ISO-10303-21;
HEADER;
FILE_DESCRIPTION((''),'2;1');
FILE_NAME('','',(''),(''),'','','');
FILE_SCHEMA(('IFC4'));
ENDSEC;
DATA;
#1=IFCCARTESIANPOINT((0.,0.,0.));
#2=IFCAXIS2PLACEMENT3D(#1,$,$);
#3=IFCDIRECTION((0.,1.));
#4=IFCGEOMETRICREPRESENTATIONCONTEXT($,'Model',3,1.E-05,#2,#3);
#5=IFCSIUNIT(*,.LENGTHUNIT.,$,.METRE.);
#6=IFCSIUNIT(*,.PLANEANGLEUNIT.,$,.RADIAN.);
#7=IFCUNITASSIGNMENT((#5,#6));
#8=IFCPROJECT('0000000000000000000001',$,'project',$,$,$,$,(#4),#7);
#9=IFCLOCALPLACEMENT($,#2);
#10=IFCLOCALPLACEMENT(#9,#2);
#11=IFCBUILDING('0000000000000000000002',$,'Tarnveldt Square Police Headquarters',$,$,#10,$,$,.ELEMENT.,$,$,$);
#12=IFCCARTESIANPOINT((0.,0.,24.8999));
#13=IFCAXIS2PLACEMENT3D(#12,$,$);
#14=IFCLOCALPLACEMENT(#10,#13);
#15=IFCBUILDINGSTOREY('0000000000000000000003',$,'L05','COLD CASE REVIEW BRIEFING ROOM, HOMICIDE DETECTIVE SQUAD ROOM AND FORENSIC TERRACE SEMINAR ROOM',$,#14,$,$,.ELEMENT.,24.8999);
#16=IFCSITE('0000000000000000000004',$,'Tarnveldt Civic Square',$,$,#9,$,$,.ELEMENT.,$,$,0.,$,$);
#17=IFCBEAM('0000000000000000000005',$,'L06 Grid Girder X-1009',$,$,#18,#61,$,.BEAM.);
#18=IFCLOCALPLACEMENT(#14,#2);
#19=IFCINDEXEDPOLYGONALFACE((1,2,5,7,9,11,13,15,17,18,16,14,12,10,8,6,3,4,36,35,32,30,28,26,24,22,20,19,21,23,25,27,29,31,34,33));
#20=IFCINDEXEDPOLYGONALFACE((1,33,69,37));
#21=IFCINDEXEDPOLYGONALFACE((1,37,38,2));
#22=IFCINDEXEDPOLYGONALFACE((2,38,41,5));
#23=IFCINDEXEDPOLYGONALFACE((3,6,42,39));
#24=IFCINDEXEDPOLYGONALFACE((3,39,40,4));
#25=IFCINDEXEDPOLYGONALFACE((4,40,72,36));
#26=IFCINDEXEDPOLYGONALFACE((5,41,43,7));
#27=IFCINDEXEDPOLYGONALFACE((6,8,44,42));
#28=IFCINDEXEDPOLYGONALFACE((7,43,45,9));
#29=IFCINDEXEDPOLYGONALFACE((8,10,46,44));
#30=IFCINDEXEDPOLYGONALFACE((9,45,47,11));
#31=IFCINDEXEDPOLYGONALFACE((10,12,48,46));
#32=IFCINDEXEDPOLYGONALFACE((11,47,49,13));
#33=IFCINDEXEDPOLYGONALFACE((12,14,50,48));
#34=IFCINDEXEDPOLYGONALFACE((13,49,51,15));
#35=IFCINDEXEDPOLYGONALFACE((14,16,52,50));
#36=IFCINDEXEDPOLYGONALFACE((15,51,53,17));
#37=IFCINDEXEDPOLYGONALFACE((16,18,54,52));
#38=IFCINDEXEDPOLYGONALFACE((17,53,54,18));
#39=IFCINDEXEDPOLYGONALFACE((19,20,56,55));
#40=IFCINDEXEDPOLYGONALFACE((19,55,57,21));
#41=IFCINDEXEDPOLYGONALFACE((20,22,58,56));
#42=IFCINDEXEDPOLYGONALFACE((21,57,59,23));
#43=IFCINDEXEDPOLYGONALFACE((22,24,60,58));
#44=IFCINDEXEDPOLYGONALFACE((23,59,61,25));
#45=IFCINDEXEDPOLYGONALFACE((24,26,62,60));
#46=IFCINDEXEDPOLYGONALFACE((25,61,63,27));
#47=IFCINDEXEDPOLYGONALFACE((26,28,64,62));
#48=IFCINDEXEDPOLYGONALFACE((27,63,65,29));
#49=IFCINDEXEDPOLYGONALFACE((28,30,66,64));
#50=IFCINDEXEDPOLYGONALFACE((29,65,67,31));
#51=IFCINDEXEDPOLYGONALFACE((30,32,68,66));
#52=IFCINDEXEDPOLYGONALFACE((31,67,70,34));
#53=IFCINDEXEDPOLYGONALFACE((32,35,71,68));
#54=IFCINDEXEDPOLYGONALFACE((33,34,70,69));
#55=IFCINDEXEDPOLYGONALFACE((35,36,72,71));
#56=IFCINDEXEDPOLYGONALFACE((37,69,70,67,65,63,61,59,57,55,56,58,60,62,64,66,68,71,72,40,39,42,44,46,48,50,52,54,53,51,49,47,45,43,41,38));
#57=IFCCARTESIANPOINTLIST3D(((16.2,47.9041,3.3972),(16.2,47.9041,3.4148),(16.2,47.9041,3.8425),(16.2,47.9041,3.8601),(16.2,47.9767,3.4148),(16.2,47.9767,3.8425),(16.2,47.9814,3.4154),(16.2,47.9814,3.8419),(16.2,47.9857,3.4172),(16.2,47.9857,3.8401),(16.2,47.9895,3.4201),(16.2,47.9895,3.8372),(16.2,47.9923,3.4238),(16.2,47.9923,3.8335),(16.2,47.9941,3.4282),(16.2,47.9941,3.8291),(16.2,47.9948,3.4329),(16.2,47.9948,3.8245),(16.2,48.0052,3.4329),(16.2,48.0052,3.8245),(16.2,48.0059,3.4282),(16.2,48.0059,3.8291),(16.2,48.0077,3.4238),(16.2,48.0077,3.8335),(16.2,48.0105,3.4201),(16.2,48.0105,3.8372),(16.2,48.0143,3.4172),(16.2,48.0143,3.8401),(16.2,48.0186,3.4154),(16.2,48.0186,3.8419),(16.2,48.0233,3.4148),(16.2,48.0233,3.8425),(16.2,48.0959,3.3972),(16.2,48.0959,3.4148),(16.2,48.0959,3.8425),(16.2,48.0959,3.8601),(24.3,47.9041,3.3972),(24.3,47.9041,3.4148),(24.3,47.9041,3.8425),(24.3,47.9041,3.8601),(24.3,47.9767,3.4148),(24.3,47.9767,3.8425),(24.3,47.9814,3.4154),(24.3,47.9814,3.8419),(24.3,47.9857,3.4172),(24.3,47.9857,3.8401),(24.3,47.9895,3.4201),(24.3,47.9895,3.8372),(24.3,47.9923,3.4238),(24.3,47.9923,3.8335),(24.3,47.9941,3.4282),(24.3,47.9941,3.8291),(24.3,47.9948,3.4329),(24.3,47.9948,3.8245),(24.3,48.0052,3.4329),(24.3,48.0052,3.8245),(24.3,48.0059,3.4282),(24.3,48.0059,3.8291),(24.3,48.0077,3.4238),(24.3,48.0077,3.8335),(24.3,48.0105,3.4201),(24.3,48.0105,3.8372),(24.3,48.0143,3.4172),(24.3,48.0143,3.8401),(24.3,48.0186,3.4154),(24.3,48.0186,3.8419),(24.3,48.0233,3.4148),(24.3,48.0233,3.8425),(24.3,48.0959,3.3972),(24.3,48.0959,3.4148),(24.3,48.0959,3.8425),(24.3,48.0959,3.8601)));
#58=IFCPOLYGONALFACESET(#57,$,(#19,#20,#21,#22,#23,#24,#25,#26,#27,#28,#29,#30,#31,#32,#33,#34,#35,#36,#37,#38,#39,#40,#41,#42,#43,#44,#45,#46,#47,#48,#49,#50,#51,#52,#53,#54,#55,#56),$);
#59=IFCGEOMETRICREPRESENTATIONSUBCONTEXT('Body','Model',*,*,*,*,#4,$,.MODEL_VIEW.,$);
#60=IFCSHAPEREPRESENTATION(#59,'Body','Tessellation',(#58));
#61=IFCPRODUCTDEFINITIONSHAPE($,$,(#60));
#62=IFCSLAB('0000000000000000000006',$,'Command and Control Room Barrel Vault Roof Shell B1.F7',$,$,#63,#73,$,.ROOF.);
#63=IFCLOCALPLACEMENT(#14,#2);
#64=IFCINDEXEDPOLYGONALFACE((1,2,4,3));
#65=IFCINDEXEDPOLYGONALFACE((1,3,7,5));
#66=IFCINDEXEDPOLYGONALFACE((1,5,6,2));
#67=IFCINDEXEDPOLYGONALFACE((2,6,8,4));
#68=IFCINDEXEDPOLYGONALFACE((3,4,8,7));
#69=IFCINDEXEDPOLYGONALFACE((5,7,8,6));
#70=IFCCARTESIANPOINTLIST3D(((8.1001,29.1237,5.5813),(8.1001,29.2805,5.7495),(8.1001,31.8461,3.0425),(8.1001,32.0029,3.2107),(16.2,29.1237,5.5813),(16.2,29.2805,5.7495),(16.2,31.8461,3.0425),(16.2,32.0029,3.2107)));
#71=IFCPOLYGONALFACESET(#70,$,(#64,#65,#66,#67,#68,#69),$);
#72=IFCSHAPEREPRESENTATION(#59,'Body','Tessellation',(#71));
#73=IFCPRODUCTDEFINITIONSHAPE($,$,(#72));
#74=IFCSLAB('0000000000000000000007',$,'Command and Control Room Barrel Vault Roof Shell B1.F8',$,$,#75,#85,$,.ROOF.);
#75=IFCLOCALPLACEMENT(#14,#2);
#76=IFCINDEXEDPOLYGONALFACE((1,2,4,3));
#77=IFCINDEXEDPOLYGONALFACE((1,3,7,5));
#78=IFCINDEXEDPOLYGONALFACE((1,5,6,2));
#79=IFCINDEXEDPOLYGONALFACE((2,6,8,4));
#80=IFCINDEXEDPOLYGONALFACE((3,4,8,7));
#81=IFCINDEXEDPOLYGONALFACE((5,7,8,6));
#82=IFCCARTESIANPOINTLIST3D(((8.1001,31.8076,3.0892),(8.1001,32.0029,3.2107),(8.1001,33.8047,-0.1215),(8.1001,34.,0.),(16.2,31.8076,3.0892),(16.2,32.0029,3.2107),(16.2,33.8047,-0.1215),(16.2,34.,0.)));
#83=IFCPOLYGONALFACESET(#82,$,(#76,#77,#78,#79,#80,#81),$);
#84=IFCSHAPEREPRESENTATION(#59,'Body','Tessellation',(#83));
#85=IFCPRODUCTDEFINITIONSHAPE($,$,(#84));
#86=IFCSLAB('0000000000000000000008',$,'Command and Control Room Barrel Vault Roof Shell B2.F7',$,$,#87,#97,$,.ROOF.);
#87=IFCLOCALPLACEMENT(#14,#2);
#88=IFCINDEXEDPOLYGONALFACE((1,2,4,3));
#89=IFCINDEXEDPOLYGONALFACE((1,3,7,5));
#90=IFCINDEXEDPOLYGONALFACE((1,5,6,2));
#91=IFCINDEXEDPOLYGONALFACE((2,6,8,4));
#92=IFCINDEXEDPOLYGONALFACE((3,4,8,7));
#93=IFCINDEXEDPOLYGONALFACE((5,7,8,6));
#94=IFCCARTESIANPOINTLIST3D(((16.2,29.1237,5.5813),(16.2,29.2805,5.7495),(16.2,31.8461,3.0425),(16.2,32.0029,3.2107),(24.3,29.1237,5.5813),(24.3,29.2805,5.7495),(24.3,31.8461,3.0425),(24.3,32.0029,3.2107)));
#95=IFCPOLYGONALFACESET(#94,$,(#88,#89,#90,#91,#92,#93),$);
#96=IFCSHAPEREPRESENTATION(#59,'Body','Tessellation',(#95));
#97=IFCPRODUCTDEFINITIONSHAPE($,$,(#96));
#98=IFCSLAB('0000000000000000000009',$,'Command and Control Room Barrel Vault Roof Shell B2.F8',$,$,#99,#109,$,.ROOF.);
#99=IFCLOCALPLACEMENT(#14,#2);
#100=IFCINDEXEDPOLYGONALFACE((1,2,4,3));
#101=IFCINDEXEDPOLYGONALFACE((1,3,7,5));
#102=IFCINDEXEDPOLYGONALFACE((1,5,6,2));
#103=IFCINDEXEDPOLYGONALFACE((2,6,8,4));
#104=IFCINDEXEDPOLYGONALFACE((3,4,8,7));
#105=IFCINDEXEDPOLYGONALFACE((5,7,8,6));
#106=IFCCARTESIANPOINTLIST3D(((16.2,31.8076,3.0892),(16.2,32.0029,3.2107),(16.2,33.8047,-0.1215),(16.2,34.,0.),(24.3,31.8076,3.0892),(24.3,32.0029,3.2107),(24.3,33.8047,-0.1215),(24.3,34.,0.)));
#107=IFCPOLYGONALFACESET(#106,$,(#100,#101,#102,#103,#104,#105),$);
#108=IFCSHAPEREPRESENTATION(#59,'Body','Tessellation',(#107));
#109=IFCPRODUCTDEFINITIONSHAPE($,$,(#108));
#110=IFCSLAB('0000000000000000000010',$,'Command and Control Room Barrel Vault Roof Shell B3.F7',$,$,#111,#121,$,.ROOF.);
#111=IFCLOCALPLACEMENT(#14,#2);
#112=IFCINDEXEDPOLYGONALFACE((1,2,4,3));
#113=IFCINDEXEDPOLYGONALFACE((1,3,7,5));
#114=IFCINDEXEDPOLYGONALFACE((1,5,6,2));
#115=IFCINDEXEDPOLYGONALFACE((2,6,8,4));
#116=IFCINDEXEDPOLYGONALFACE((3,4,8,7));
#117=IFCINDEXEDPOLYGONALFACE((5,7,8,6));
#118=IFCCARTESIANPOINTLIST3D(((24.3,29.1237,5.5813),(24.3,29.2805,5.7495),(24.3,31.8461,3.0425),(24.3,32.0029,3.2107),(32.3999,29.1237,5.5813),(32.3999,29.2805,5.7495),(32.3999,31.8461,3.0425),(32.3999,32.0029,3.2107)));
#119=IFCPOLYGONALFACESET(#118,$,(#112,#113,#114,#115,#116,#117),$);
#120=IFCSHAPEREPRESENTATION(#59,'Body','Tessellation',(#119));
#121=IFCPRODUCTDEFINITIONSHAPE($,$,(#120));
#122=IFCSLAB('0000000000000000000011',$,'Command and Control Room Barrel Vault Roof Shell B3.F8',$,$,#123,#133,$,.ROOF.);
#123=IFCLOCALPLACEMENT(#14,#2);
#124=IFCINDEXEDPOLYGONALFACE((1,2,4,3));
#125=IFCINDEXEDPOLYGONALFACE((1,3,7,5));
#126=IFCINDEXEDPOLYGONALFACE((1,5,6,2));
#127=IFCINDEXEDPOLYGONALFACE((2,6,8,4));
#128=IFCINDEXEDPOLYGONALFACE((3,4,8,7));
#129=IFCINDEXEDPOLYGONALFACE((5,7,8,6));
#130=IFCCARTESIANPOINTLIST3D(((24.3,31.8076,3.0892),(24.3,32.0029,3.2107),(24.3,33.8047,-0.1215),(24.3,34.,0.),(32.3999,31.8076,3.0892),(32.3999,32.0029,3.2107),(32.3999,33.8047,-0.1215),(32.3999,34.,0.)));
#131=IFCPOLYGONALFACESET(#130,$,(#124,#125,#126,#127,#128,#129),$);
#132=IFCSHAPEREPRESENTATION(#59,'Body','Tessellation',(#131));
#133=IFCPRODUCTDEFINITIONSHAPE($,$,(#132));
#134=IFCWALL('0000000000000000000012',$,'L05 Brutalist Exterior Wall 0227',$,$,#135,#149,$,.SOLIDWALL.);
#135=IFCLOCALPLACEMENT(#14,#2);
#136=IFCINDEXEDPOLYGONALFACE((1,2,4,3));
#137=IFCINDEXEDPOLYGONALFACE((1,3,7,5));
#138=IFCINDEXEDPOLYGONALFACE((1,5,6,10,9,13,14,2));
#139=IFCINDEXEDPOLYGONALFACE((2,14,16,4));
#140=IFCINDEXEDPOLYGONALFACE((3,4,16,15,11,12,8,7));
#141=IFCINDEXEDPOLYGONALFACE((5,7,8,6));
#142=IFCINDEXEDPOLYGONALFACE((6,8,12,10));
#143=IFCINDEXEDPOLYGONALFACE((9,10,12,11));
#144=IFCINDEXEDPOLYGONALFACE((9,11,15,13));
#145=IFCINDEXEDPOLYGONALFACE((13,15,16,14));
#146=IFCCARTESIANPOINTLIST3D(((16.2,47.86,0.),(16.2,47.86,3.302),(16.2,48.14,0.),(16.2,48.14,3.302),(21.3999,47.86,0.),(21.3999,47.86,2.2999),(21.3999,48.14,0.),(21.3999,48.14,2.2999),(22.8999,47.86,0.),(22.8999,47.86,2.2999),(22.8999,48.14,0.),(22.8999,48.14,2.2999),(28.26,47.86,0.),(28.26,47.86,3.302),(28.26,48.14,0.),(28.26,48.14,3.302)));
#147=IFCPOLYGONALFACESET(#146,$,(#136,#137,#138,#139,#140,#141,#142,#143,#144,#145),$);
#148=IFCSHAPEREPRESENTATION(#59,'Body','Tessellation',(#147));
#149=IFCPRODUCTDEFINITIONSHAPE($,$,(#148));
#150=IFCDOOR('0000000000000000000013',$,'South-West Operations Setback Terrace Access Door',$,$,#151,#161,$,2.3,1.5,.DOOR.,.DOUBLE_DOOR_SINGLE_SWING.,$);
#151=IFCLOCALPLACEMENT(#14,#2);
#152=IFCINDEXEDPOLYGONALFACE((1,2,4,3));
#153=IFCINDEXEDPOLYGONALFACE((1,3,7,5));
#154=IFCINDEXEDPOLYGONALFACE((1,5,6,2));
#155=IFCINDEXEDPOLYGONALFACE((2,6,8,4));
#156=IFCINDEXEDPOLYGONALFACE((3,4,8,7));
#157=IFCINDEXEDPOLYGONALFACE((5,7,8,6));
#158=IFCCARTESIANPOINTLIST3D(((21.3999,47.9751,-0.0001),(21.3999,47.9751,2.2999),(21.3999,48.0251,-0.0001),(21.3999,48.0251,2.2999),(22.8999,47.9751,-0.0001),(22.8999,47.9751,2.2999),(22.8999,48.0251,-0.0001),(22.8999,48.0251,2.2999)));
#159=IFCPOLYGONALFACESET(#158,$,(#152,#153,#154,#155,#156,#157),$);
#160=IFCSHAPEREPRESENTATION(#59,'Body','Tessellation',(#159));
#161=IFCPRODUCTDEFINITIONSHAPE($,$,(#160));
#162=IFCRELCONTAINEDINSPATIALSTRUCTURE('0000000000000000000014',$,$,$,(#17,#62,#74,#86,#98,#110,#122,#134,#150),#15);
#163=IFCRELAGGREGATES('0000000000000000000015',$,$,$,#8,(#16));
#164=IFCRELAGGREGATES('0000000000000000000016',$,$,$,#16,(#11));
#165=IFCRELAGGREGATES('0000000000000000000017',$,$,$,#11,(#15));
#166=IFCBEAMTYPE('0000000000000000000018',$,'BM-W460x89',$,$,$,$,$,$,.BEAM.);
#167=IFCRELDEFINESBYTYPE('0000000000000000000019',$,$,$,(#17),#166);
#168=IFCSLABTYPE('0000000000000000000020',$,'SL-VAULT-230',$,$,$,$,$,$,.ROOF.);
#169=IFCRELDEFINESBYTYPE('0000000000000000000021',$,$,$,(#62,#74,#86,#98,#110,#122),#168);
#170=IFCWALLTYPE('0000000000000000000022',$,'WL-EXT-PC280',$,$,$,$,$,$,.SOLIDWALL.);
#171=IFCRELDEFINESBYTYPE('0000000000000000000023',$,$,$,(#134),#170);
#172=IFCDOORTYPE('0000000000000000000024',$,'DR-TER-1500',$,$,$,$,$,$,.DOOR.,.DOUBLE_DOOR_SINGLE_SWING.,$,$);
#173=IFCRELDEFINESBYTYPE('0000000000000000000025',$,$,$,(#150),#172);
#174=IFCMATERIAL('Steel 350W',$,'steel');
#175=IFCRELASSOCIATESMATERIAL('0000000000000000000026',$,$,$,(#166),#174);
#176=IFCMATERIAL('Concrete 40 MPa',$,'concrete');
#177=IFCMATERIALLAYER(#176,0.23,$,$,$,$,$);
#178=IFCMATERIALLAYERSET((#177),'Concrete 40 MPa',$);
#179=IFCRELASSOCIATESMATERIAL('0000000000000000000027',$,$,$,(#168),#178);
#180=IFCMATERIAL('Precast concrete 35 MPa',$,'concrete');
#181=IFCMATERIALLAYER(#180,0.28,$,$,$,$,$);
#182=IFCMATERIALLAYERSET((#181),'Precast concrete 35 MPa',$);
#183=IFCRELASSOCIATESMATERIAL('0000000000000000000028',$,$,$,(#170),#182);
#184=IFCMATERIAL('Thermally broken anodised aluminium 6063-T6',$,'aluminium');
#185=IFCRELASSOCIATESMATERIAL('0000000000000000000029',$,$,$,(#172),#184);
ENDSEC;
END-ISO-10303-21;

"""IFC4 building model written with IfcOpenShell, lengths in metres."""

from ifc_helpers import new_model, si_unit, direction, frame, frame_2d, origin, origin_2d, place, context, subcontext, project, spatial, polyline, rectangle, i_section, outline, extrude, material, layer, layer_set, material_profile, profile_set, type_object, element, fill, save


model = new_model("IFC4")

# Units and contexts
model_context = context("Model", 3, precision=1e-05, world=origin(), true_north=direction((0.0, 1.0)))
body_context = subcontext(model_context, "Body", "Model", "MODEL_VIEW")
ifc_project = project(units=[si_unit("LENGTHUNIT", "METRE"), si_unit("PLANEANGLEUNIT", "RADIAN")], contexts=[model_context])

# Site, building, storey
site_placement = place(None, origin())
site = spatial("IfcSite", under=ifc_project, at=site_placement, Name="Tarnveldt Civic Square", CompositionType="ELEMENT", RefElevation=0.0)
building_placement = place(site_placement, origin())
building = spatial("IfcBuilding", under=site, at=building_placement, Name="Tarnveldt Square Police Headquarters", CompositionType="ELEMENT")
storey_placement = place(building_placement, frame((0.0, 0.0, 24.8999)))
storey = spatial("IfcBuildingStorey", under=building, at=storey_placement, Name="L05", Description="COLD CASE REVIEW BRIEFING ROOM, HOMICIDE DETECTIVE SQUAD ROOM AND FORENSIC TERRACE SEMINAR ROOM", CompositionType="ELEMENT", Elevation=24.8999)

# Shared definitions
ifc_material_1 = material(Name="Concrete 40 MPa", Category="concrete")

# Beam
ifc_material_2 = material(Name="Steel 350W", Category="steel")
ifc_material_profile_1 = material_profile(ifc_material_2, i_section(OverallWidth=0.1919, OverallDepth=0.4629, WebThickness=0.0105, FlangeThickness=0.0176, FilletRadius=0.0181, at=origin_2d()), Name="W460x89")
ifc_profile_set_1 = profile_set([ifc_material_profile_1], Name="Steel 350W")
beam_type_1 = type_object("IfcBeamType", Name="BM-W460x89", PredefinedType="BEAM", material=ifc_profile_set_1)
beam_1_placement = place(storey_placement, frame((16.2, 48.0, 3.6287), z_axis=(1.0, 0.0, 0.0), x_axis=(0.0, 1.0, 0.0)))
element("IfcBeam", 1, at=beam_1_placement, inside=storey, type_object=beam_type_1, Name="L06 Grid Girder X-1009", PredefinedType="BEAM", context=body_context, shape_type="SweptSolid", body=[
    extrude(i_section(OverallWidth=0.1919, OverallDepth=0.4629, WebThickness=0.0105, FlangeThickness=0.0176, FilletRadius=0.0181, at=origin_2d()), origin(), (0.0, 0.0, 1.0), 8.1001),
])

# Slabs
ifc_layer_1 = layer(ifc_material_1, 0.23)
ifc_layer_set_1 = layer_set([ifc_layer_1], Name="Concrete 40 MPa")
slab_type = type_object("IfcSlabType", Name="SL-VAULT-230", PredefinedType="ROOF", material=ifc_layer_set_1)
slab_1_placement = place(storey_placement, frame((8.1001, 29.2805, 5.7495), z_axis=(0.0, 0.682017, 0.731337), x_axis=(1.0, 0.0, 0.0)))
element("IfcSlab", 2, at=slab_1_placement, inside=storey, type_object=slab_type, Name="Command and Control Room Barrel Vault Roof Shell B1.F7", PredefinedType="ROOF", context=body_context, shape_type="SweptSolid", body=[
    extrude(outline(polyline([(0.0, 0.0), (8.0999, 0.0), (8.0999, 3.7225), (0.0, 3.7225), (0.0, 0.0)])), origin(), (0.0, 0.0, -1.0), 0.23),
])
slab_2_placement = place(storey_placement, frame((8.1001, 32.0029, 3.2107), z_axis=(0.0, 0.849139, 0.528169), x_axis=(1.0, 0.0, 0.0)))
element("IfcSlab", 3, at=slab_2_placement, inside=storey, type_object=slab_type, Name="Command and Control Room Barrel Vault Roof Shell B1.F8", PredefinedType="ROOF", context=body_context, shape_type="SweptSolid", body=[
    extrude(outline(polyline([(0.0, 0.0), (8.0999, 0.0), (8.0999, 3.7811), (0.0, 3.7811), (0.0, 0.0)])), origin(), (0.0, 0.0, -1.0), 0.23),
])
slab_3_placement = place(storey_placement, frame((16.2, 29.2805, 5.7495), z_axis=(0.0, 0.682017, 0.731337), x_axis=(1.0, 0.0, 0.0)))
element("IfcSlab", 4, at=slab_3_placement, inside=storey, type_object=slab_type, Name="Command and Control Room Barrel Vault Roof Shell B2.F7", PredefinedType="ROOF", context=body_context, shape_type="SweptSolid", body=[
    extrude(outline(polyline([(0.0, 0.0), (8.1001, 0.0), (8.1001, 3.7225), (0.0, 3.7225), (0.0, 0.0)])), origin(), (0.0, 0.0, -1.0), 0.23),
])
slab_4_placement = place(storey_placement, frame((16.2, 32.0029, 3.2107), z_axis=(0.0, 0.849139, 0.528169), x_axis=(1.0, 0.0, 0.0)))
element("IfcSlab", 5, at=slab_4_placement, inside=storey, type_object=slab_type, Name="Command and Control Room Barrel Vault Roof Shell B2.F8", PredefinedType="ROOF", context=body_context, shape_type="SweptSolid", body=[
    extrude(outline(polyline([(0.0, 0.0), (8.1001, 0.0), (8.1001, 3.7811), (0.0, 3.7811), (0.0, 0.0)])), origin(), (0.0, 0.0, -1.0), 0.23),
])
slab_5_placement = place(storey_placement, frame((24.3, 29.2805, 5.7495), z_axis=(0.0, 0.682017, 0.731337), x_axis=(1.0, 0.0, 0.0)))
element("IfcSlab", 6, at=slab_5_placement, inside=storey, type_object=slab_type, Name="Command and Control Room Barrel Vault Roof Shell B3.F7", PredefinedType="ROOF", context=body_context, shape_type="SweptSolid", body=[
    extrude(outline(polyline([(0.0, 0.0), (8.0999, 0.0), (8.0999, 3.7225), (0.0, 3.7225), (0.0, 0.0)])), origin(), (0.0, 0.0, -1.0), 0.23),
])
slab_6_placement = place(storey_placement, frame((24.3, 32.0029, 3.2107), z_axis=(0.0, 0.849139, 0.528169), x_axis=(1.0, 0.0, 0.0)))
element("IfcSlab", 7, at=slab_6_placement, inside=storey, type_object=slab_type, Name="Command and Control Room Barrel Vault Roof Shell B3.F8", PredefinedType="ROOF", context=body_context, shape_type="SweptSolid", body=[
    extrude(outline(polyline([(0.0, 0.0), (8.0999, 0.0), (8.0999, 3.7811), (0.0, 3.7811), (0.0, 0.0)])), origin(), (0.0, 0.0, -1.0), 0.23),
])

# Wall, opening, door
ifc_material_3 = material(Name="Precast concrete 35 MPa", Category="concrete")
ifc_layer_2 = layer(ifc_material_3, 0.28)
ifc_layer_set_2 = layer_set([ifc_layer_2], Name="Precast concrete 35 MPa")
wall_type = type_object("IfcWallType", Name="WL-EXT-PC280", PredefinedType="SOLIDWALL", material=ifc_layer_set_2)
wall_placement = place(storey_placement, frame((16.2, 48.0, 0.0), z_axis=(0.0, 0.0, 1.0), x_axis=(1.0, 0.0, 0.0)))
wall = element("IfcWall", 8, at=wall_placement, inside=storey, type_object=wall_type, Name="L05 Brutalist Exterior Wall 0227", PredefinedType="SOLIDWALL", context=body_context, shape_type="SweptSolid", body=[
    extrude(rectangle(XDim=12.0601, YDim=0.28, at=frame_2d((6.03, 0.0))), origin(), (0.0, 0.0, 1.0), 3.302),
])
opening_placement = place(wall_placement, frame((5.2, 0.0, 0.0)))
opening = element("IfcOpeningElement", 9, at=opening_placement, cuts=wall, PredefinedType="OPENING", context=body_context, shape_type="SweptSolid", body=[
    extrude(rectangle(XDim=1.5, YDim=2.3, at=frame_2d((0.75, 1.1499))), frame((0.0, 0.1499, 0.0), z_axis=(0.0, -1.0, 0.0), x_axis=(1.0, 0.0, 0.0)), (0.0, 0.0, 1.0), 0.3),
])
ifc_material_4 = material(Name="Thermally broken anodised aluminium 6063-T6", Category="aluminium")
door_type = type_object("IfcDoorType", Name="DR-TER-1500", OperationType="DOUBLE_DOOR_SINGLE_SWING", PredefinedType="DOOR", material=ifc_material_4)
door_placement = place(opening_placement, frame((1.5, 0.0, 0.0), z_axis=(0.0, 0.0, 1.0), x_axis=(-1.0, 0.0, 0.0)))
door = element("IfcDoor", 10, at=door_placement, inside=storey, type_object=door_type, Name="South-West Operations Setback Terrace Access Door", OperationType="DOUBLE_DOOR_SINGLE_SWING", OverallHeight=2.3, OverallWidth=1.5, PredefinedType="DOOR", context=body_context, shape_type="SweptSolid", body=[
    extrude(rectangle(XDim=1.5, YDim=2.3, at=frame_2d((0.75, 1.1499))), frame((0.0, 0.0249, 0.0), z_axis=(0.0, -1.0, 0.0), x_axis=(1.0, 0.0, 0.0)), (0.0, 0.0, 1.0), 0.05),
])
fill(opening, door)

save(model, "model.ifc")
